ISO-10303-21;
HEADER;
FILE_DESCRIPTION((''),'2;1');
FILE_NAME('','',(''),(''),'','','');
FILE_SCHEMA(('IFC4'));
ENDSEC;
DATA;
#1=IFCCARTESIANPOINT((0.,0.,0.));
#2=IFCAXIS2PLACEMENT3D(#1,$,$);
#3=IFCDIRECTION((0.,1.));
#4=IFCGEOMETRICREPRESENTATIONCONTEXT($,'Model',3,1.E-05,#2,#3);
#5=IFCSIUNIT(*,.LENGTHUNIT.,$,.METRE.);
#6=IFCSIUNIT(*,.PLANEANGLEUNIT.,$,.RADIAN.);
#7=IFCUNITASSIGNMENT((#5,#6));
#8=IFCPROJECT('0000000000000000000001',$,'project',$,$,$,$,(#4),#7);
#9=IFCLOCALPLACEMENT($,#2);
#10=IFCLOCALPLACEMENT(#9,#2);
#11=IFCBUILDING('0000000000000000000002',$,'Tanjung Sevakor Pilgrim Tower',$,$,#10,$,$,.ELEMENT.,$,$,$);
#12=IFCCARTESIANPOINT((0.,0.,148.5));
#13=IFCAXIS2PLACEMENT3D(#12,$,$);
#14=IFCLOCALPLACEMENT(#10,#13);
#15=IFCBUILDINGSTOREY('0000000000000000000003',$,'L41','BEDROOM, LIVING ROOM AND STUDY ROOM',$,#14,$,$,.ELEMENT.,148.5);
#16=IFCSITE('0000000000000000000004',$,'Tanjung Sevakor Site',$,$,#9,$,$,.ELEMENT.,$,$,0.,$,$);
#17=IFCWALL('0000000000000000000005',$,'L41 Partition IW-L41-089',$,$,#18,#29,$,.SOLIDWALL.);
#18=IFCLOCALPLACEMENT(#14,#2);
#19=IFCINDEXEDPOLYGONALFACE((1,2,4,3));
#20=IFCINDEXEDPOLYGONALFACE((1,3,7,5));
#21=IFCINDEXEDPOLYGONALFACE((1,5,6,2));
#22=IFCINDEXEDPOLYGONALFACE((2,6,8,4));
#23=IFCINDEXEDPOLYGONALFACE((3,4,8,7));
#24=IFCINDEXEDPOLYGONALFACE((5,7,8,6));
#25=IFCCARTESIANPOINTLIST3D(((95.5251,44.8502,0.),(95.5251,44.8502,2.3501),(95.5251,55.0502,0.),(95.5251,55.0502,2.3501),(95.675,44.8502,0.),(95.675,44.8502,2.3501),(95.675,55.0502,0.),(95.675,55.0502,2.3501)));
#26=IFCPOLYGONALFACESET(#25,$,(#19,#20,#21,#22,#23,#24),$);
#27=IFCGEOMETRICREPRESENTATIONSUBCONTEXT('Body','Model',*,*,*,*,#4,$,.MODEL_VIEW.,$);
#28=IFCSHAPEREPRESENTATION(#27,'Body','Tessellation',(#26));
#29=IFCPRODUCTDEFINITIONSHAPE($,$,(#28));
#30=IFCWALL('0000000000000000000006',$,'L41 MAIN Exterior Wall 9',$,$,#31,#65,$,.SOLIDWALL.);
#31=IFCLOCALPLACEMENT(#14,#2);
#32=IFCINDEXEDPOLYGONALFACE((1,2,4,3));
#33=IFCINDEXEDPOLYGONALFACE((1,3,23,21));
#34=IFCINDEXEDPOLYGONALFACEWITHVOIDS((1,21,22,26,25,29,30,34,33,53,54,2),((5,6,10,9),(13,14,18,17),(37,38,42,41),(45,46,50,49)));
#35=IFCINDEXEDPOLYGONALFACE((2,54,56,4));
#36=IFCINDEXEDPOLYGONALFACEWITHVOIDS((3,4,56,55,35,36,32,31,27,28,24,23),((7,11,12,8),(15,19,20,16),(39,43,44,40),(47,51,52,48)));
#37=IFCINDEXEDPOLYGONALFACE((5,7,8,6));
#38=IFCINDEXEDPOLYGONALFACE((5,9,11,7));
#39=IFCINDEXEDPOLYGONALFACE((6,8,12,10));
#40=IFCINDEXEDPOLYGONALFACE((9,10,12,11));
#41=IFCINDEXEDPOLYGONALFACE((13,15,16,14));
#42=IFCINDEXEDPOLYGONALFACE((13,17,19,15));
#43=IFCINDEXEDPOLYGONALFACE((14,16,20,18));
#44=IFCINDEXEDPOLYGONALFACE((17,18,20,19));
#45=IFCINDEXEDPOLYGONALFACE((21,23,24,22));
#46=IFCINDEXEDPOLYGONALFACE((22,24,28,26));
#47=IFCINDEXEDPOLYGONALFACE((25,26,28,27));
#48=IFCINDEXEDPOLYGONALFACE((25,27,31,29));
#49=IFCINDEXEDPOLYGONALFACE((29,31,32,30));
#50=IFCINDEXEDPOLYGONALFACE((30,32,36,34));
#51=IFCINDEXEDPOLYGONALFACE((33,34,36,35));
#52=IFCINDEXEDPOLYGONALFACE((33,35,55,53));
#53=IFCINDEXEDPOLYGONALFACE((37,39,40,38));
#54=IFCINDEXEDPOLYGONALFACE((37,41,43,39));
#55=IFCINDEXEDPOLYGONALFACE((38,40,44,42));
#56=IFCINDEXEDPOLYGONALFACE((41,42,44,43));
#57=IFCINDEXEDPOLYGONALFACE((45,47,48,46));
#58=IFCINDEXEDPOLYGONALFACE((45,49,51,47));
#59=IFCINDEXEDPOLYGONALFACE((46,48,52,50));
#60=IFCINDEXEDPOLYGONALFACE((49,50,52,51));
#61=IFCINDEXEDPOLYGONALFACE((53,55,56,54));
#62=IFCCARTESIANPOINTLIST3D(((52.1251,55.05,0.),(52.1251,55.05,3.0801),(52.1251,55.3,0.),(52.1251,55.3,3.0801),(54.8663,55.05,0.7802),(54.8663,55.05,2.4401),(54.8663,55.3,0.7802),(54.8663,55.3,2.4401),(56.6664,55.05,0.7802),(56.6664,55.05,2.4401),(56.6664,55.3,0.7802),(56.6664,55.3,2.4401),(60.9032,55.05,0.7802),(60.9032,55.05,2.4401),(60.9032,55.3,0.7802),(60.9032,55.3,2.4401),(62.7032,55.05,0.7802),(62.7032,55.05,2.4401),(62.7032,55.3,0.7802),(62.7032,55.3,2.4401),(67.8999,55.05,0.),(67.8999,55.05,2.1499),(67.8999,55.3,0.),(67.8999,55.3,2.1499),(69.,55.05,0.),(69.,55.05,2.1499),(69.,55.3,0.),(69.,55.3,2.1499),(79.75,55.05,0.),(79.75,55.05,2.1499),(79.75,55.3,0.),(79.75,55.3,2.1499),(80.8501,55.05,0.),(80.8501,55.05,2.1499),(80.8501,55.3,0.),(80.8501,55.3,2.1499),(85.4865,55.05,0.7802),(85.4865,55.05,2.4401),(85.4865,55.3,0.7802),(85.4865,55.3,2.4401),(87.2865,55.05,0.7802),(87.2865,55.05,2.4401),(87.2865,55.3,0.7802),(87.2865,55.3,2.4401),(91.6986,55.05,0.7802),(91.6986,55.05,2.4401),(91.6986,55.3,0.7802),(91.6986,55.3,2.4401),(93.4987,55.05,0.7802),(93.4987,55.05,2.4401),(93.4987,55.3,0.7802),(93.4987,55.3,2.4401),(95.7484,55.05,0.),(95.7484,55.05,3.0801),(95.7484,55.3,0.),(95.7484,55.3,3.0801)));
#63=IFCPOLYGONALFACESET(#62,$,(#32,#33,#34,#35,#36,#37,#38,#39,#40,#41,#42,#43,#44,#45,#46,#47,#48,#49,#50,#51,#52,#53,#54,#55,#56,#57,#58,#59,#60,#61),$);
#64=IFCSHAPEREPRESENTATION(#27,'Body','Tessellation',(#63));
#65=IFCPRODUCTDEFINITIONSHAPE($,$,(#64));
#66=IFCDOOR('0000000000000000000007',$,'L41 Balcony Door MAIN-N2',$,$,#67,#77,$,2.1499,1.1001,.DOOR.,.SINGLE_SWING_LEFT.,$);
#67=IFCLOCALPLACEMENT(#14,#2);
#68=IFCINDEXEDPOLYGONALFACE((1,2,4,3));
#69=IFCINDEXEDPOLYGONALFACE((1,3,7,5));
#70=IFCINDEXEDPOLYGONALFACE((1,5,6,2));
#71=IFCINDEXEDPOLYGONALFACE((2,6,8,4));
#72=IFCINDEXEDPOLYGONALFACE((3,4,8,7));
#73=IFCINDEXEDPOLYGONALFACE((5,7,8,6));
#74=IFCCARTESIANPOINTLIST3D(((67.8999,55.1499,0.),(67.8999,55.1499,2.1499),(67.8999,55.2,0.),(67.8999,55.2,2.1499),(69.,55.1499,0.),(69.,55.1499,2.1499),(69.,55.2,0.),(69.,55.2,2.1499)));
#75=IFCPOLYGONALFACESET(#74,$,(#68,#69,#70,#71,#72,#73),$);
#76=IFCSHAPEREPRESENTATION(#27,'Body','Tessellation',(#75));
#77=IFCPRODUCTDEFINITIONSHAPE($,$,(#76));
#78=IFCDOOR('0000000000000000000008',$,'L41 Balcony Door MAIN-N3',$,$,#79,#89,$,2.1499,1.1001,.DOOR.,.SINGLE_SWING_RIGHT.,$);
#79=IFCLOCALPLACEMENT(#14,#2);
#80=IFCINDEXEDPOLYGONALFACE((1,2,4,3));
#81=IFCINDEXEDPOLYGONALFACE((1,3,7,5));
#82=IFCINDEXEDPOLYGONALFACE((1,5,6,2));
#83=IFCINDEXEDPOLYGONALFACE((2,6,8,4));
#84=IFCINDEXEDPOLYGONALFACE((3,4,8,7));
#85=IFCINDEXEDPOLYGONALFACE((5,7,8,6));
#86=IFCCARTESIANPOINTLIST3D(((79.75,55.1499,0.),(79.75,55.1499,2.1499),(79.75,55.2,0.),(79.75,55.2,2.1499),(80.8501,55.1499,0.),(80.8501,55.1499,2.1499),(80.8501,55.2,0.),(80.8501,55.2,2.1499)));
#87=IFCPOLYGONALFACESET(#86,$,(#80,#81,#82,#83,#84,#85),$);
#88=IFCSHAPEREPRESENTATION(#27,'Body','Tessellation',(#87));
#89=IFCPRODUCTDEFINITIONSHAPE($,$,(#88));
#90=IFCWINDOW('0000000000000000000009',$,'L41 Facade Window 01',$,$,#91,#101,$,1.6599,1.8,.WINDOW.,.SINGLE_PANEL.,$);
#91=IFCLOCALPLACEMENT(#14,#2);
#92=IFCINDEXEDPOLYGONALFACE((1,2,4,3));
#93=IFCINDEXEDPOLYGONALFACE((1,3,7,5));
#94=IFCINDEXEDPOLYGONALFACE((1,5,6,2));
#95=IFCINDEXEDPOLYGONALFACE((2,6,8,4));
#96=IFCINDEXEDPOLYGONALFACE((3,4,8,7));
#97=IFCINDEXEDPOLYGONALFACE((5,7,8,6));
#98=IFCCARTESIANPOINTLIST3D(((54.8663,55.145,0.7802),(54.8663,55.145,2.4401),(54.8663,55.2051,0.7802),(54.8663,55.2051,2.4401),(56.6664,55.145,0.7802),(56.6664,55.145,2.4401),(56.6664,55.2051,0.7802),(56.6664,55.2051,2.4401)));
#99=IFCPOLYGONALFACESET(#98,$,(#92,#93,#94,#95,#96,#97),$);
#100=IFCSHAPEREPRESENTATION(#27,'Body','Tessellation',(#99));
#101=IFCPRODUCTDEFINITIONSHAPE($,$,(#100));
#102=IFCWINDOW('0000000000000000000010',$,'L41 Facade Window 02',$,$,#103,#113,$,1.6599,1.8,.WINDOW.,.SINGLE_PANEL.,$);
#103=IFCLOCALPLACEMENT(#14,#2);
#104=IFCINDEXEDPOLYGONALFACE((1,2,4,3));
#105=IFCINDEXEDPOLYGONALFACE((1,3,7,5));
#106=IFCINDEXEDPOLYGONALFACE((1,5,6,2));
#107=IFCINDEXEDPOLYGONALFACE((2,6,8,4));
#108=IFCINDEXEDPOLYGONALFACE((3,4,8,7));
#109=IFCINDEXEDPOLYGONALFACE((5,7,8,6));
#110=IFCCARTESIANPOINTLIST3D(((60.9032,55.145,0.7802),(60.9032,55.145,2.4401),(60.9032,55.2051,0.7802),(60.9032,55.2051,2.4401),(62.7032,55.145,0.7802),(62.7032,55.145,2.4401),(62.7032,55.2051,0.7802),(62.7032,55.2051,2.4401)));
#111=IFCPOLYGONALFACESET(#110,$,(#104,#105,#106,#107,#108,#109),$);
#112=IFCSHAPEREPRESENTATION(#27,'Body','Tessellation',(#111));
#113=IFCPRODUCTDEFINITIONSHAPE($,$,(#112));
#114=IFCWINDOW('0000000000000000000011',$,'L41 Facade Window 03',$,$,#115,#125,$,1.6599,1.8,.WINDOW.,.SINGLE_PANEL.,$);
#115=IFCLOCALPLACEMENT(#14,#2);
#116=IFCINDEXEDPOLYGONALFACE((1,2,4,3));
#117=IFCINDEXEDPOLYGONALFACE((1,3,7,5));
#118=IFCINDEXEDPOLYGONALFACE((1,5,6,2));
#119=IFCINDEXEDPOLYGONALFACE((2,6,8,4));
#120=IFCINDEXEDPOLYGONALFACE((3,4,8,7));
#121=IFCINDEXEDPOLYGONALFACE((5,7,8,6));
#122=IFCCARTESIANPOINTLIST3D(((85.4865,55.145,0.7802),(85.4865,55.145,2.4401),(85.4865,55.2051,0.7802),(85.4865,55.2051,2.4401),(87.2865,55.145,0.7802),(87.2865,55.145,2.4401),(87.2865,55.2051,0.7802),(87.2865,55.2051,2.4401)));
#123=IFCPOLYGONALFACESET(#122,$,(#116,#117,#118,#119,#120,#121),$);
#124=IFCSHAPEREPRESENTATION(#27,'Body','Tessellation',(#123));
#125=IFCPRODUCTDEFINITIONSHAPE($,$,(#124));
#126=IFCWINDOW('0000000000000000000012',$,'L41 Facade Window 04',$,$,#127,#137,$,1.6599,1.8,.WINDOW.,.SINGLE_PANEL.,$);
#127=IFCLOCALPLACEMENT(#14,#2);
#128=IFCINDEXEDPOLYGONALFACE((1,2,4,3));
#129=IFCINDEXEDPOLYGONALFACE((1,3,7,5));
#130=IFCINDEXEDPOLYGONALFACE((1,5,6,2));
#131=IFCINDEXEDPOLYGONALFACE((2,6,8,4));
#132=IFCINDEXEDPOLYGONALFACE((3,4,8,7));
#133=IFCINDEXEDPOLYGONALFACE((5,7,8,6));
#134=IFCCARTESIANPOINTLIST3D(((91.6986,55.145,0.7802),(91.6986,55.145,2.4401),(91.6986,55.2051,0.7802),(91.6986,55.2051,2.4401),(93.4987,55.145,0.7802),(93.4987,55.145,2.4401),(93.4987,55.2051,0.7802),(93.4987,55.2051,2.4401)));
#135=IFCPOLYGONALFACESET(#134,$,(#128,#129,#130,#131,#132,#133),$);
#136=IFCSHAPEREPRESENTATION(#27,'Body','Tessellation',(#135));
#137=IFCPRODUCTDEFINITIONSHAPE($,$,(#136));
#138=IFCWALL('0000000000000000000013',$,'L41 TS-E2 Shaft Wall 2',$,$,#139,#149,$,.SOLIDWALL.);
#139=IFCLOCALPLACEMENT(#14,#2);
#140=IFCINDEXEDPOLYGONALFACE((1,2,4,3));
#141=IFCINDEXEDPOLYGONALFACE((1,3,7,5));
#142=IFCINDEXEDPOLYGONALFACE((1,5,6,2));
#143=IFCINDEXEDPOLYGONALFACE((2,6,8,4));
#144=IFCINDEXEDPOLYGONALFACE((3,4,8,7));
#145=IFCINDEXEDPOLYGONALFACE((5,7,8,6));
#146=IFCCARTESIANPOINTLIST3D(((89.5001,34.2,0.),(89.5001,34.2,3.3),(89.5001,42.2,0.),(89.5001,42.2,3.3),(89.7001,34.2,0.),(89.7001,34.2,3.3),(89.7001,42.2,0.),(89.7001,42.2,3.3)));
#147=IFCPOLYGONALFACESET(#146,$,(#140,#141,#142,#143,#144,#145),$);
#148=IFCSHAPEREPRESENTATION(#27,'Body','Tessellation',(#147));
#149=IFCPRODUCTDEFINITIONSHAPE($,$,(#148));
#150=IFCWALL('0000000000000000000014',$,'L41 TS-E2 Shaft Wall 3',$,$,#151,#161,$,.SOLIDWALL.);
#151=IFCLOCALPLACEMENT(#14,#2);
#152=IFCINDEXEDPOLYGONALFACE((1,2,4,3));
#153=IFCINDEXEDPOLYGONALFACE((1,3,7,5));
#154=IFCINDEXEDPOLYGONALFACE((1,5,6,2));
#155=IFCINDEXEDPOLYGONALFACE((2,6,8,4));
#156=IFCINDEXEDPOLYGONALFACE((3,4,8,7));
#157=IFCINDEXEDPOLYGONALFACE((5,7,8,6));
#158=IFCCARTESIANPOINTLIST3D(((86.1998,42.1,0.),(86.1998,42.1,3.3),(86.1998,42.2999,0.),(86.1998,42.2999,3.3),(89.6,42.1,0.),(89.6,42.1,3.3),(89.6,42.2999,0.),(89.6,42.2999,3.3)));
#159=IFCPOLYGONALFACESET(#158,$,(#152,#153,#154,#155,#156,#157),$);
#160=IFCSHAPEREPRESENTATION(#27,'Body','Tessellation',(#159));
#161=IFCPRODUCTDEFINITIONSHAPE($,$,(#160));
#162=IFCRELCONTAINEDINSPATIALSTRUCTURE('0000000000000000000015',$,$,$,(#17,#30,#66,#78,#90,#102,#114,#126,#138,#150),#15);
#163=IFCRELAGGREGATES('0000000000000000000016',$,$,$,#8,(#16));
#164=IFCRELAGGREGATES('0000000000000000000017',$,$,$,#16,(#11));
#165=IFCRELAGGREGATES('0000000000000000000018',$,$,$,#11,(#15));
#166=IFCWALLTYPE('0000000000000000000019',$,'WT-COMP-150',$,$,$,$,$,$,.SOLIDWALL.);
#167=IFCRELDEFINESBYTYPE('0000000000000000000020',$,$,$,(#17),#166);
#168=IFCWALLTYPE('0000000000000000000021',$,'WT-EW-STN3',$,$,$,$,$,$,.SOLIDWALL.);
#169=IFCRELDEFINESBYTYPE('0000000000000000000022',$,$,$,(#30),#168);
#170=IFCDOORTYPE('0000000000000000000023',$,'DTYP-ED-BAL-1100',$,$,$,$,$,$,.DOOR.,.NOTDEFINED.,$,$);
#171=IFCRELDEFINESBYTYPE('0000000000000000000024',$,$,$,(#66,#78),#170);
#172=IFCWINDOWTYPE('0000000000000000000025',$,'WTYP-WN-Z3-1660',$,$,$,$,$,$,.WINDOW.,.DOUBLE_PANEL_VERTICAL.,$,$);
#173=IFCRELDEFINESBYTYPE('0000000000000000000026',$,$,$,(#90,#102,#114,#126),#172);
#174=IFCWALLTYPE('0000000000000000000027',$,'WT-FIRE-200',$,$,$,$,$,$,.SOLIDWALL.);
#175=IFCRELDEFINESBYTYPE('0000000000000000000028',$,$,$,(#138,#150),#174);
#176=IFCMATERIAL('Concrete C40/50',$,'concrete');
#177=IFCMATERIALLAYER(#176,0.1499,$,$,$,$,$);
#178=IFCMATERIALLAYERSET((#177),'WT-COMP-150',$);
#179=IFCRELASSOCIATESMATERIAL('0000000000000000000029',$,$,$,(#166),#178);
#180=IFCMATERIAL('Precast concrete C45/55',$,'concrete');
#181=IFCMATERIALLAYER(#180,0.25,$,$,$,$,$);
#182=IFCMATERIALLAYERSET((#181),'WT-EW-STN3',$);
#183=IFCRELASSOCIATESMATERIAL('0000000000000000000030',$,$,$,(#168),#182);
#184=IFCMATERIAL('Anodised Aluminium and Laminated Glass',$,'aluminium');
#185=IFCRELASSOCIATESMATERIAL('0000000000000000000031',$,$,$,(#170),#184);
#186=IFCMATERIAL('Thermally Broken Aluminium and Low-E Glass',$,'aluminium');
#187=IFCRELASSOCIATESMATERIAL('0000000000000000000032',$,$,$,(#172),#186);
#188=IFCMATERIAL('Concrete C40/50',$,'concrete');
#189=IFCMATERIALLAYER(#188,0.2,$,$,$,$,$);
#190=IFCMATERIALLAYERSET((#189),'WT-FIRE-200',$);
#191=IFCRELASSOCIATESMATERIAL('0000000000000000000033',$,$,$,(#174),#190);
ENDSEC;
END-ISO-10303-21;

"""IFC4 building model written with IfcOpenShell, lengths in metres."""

from ifc_helpers import new_model, si_unit, direction, frame, frame_2d, origin, place, context, subcontext, project, spatial, rectangle, extrude, material, layer, layer_set, type_object, element, fill, save


model = new_model("IFC4")

# Units and contexts
model_context = context("Model", 3, precision=1e-05, world=origin(), true_north=direction((0.0, 1.0)))
body_context = subcontext(model_context, "Body", "Model", "MODEL_VIEW")
ifc_project = project(units=[si_unit("LENGTHUNIT", "METRE"), si_unit("PLANEANGLEUNIT", "RADIAN")], contexts=[model_context])

# Site, building, storey
site_placement = place(None, origin())
site = spatial("IfcSite", under=ifc_project, at=site_placement, Name="Tanjung Sevakor Site", CompositionType="ELEMENT", RefElevation=0.0)
building_placement = place(site_placement, origin())
building = spatial("IfcBuilding", under=site, at=building_placement, Name="Tanjung Sevakor Pilgrim Tower", CompositionType="ELEMENT")
storey_placement = place(building_placement, frame((0.0, 0.0, 148.5)))
storey = spatial("IfcBuildingStorey", under=building, at=storey_placement, Name="L41", Description="BEDROOM, LIVING ROOM AND STUDY ROOM", CompositionType="ELEMENT", Elevation=148.5)

# Wall
ifc_material_1 = material(Name="Concrete C40/50", Category="concrete")
ifc_layer_1 = layer(ifc_material_1, 0.1499)
ifc_layer_set_1 = layer_set([ifc_layer_1], Name="WT-COMP-150")
wall_type_1 = type_object("IfcWallType", Name="WT-COMP-150", PredefinedType="SOLIDWALL", material=ifc_layer_set_1)
wall_1_placement = place(storey_placement, frame((95.6001, 44.8501, 0.0), z_axis=(0.0, 0.0, 1.0), x_axis=(0.0, 1.0, 0.0)))
element("IfcWall", 1, at=wall_1_placement, inside=storey, type_object=wall_type_1, Name="L41 Partition IW-L41-089", PredefinedType="SOLIDWALL", context=body_context, shape_type="SweptSolid", body=[
    extrude(rectangle(XDim=10.2, YDim=0.1499, at=frame_2d((5.1001, 0.0))), origin(), (0.0, 0.0, 1.0), 2.3501),
])

# Wall, openings, doors, windows
ifc_material_2 = material(Name="Precast concrete C45/55", Category="concrete")
ifc_layer_2 = layer(ifc_material_2, 0.25)
ifc_layer_set_2 = layer_set([ifc_layer_2], Name="WT-EW-STN3")
wall_type_2 = type_object("IfcWallType", Name="WT-EW-STN3", PredefinedType="SOLIDWALL", material=ifc_layer_set_2)
wall_2_placement = place(storey_placement, frame((95.7483, 55.175, 0.0), z_axis=(0.0, 0.0, 1.0), x_axis=(-1.0, 0.0, 0.0)))
wall_2 = element("IfcWall", 2, at=wall_2_placement, inside=storey, type_object=wall_type_2, Name="L41 MAIN Exterior Wall 9", PredefinedType="SOLIDWALL", context=body_context, shape_type="SweptSolid", body=[
    extrude(rectangle(XDim=43.6233, YDim=0.25, at=frame_2d((21.8115, 0.0))), origin(), (0.0, 0.0, 1.0), 3.0801),
])
opening_1_placement = place(wall_2_placement, frame((26.7483, 0.0, 0.0)))
opening_1 = element("IfcOpeningElement", 3, at=opening_1_placement, cuts=wall_2, PredefinedType="OPENING", context=body_context, shape_type="SweptSolid", body=[
    extrude(rectangle(XDim=1.1001, YDim=2.1499, at=frame_2d((0.55, 1.075))), frame((0.0, 0.135, 0.0), z_axis=(0.0, -1.0, 0.0), x_axis=(1.0, 0.0, 0.0)), (0.0, 0.0, 1.0), 0.27),
])
opening_2_placement = place(wall_2_placement, frame((14.8982, 0.0, 0.0)))
opening_2 = element("IfcOpeningElement", 4, at=opening_2_placement, cuts=wall_2, PredefinedType="OPENING", context=body_context, shape_type="SweptSolid", body=[
    extrude(rectangle(XDim=1.1001, YDim=2.1499, at=frame_2d((0.55, 1.075))), frame((0.0, 0.135, 0.0), z_axis=(0.0, -1.0, 0.0), x_axis=(1.0, 0.0, 0.0)), (0.0, 0.0, 1.0), 0.27),
])
opening_3_placement = place(wall_2_placement, frame((39.082, 0.0, 0.78)))
opening_3 = element("IfcOpeningElement", 5, at=opening_3_placement, cuts=wall_2, PredefinedType="OPENING", context=body_context, shape_type="SweptSolid", body=[
    extrude(rectangle(XDim=1.8, YDim=1.6599, at=frame_2d((0.8999, 0.8301))), frame((0.0, 0.135, 0.0), z_axis=(0.0, -1.0, 0.0), x_axis=(1.0, 0.0, 0.0)), (0.0, 0.0, 1.0), 0.27),
])
opening_4_placement = place(wall_2_placement, frame((33.0452, 0.0, 0.78)))
opening_4 = element("IfcOpeningElement", 6, at=opening_4_placement, cuts=wall_2, PredefinedType="OPENING", context=body_context, shape_type="SweptSolid", body=[
    extrude(rectangle(XDim=1.8, YDim=1.6599, at=frame_2d((0.8999, 0.8301))), frame((0.0, 0.135, 0.0), z_axis=(0.0, -1.0, 0.0), x_axis=(1.0, 0.0, 0.0)), (0.0, 0.0, 1.0), 0.27),
])
opening_5_placement = place(wall_2_placement, frame((8.4619, 0.0, 0.78)))
opening_5 = element("IfcOpeningElement", 7, at=opening_5_placement, cuts=wall_2, PredefinedType="OPENING", context=body_context, shape_type="SweptSolid", body=[
    extrude(rectangle(XDim=1.8, YDim=1.6599, at=frame_2d((0.8999, 0.8301))), frame((0.0, 0.135, 0.0), z_axis=(0.0, -1.0, 0.0), x_axis=(1.0, 0.0, 0.0)), (0.0, 0.0, 1.0), 0.27),
])
opening_6_placement = place(wall_2_placement, frame((2.2498, 0.0, 0.78)))
opening_6 = element("IfcOpeningElement", 8, at=opening_6_placement, cuts=wall_2, PredefinedType="OPENING", context=body_context, shape_type="SweptSolid", body=[
    extrude(rectangle(XDim=1.8, YDim=1.6599, at=frame_2d((0.8999, 0.8301))), frame((0.0, 0.135, 0.0), z_axis=(0.0, -1.0, 0.0), x_axis=(1.0, 0.0, 0.0)), (0.0, 0.0, 1.0), 0.27),
])
ifc_material_3 = material(Name="Anodised Aluminium and Laminated Glass", Category="aluminium")
door_type = type_object("IfcDoorType", Name="DTYP-ED-BAL-1100", OperationType="NOTDEFINED", PredefinedType="DOOR", material=ifc_material_3)
door_1_placement = place(opening_1_placement, frame((1.1001, 0.0, 0.0), z_axis=(0.0, 0.0, 1.0), x_axis=(-1.0, 0.0, 0.0)))
door_1 = element("IfcDoor", 9, at=door_1_placement, inside=storey, type_object=door_type, Name="L41 Balcony Door MAIN-N2", OperationType="SINGLE_SWING_LEFT", OverallHeight=2.1499, OverallWidth=1.1001, PredefinedType="DOOR", context=body_context, shape_type="SweptSolid", body=[
    extrude(rectangle(XDim=1.1001, YDim=2.1499, at=frame_2d((0.55, 1.075))), frame((0.0, 0.0249, 0.0), z_axis=(0.0, -1.0, 0.0), x_axis=(1.0, 0.0, 0.0)), (0.0, 0.0, 1.0), 0.05),
])
fill(opening_1, door_1)
door_2_placement = place(opening_2_placement, frame((1.1001, 0.0, 0.0), z_axis=(0.0, 0.0, 1.0), x_axis=(-1.0, 0.0, 0.0)))
door_2 = element("IfcDoor", 10, at=door_2_placement, inside=storey, type_object=door_type, Name="L41 Balcony Door MAIN-N3", OperationType="SINGLE_SWING_RIGHT", OverallHeight=2.1499, OverallWidth=1.1001, PredefinedType="DOOR", context=body_context, shape_type="SweptSolid", body=[
    extrude(rectangle(XDim=1.1001, YDim=2.1499, at=frame_2d((0.55, 1.075))), frame((0.0, 0.0249, 0.0), z_axis=(0.0, -1.0, 0.0), x_axis=(1.0, 0.0, 0.0)), (0.0, 0.0, 1.0), 0.05),
])
fill(opening_2, door_2)
ifc_material_4 = material(Name="Thermally Broken Aluminium and Low-E Glass", Category="aluminium")
window_type = type_object("IfcWindowType", Name="WTYP-WN-Z3-1660", PartitioningType="DOUBLE_PANEL_VERTICAL", PredefinedType="WINDOW", material=ifc_material_4)
window_1_placement = place(opening_3_placement, origin())
window_1 = element("IfcWindow", 11, at=window_1_placement, inside=storey, type_object=window_type, Name="L41 Facade Window 01", OverallHeight=1.6599, OverallWidth=1.8, PartitioningType="SINGLE_PANEL", PredefinedType="WINDOW", context=body_context, shape_type="SweptSolid", body=[
    extrude(rectangle(XDim=1.8, YDim=1.6599, at=frame_2d((0.8999, 0.8301))), frame((0.0, 0.03, 0.0), z_axis=(0.0, -1.0, 0.0), x_axis=(1.0, 0.0, 0.0)), (0.0, 0.0, 1.0), 0.0601),
])
fill(opening_3, window_1)
window_2_placement = place(opening_4_placement, origin())
window_2 = element("IfcWindow", 12, at=window_2_placement, inside=storey, type_object=window_type, Name="L41 Facade Window 02", OverallHeight=1.6599, OverallWidth=1.8, PartitioningType="SINGLE_PANEL", PredefinedType="WINDOW", context=body_context, shape_type="SweptSolid", body=[
    extrude(rectangle(XDim=1.8, YDim=1.6599, at=frame_2d((0.8999, 0.8301))), frame((0.0, 0.03, 0.0), z_axis=(0.0, -1.0, 0.0), x_axis=(1.0, 0.0, 0.0)), (0.0, 0.0, 1.0), 0.0601),
])
fill(opening_4, window_2)
window_3_placement = place(opening_5_placement, origin())
window_3 = element("IfcWindow", 13, at=window_3_placement, inside=storey, type_object=window_type, Name="L41 Facade Window 03", OverallHeight=1.6599, OverallWidth=1.8, PartitioningType="SINGLE_PANEL", PredefinedType="WINDOW", context=body_context, shape_type="SweptSolid", body=[
    extrude(rectangle(XDim=1.8, YDim=1.6599, at=frame_2d((0.8999, 0.8301))), frame((0.0, 0.03, 0.0), z_axis=(0.0, -1.0, 0.0), x_axis=(1.0, 0.0, 0.0)), (0.0, 0.0, 1.0), 0.0601),
])
fill(opening_5, window_3)
window_4_placement = place(opening_6_placement, origin())
window_4 = element("IfcWindow", 14, at=window_4_placement, inside=storey, type_object=window_type, Name="L41 Facade Window 04", OverallHeight=1.6599, OverallWidth=1.8, PartitioningType="SINGLE_PANEL", PredefinedType="WINDOW", context=body_context, shape_type="SweptSolid", body=[
    extrude(rectangle(XDim=1.8, YDim=1.6599, at=frame_2d((0.8999, 0.8301))), frame((0.0, 0.03, 0.0), z_axis=(0.0, -1.0, 0.0), x_axis=(1.0, 0.0, 0.0)), (0.0, 0.0, 1.0), 0.0601),
])
fill(opening_6, window_4)

# Walls
ifc_material_5 = material(Name="Concrete C40/50", Category="concrete")
ifc_layer_3 = layer(ifc_material_5, 0.2)
ifc_layer_set_3 = layer_set([ifc_layer_3], Name="WT-FIRE-200")
wall_type_3 = type_object("IfcWallType", Name="WT-FIRE-200", PredefinedType="SOLIDWALL", material=ifc_layer_set_3)
wall_3_placement = place(storey_placement, frame((89.6001, 34.2, 0.0), z_axis=(0.0, 0.0, 1.0), x_axis=(0.0, 1.0, 0.0)))
element("IfcWall", 15, at=wall_3_placement, inside=storey, type_object=wall_type_3, Name="L41 TS-E2 Shaft Wall 2", PredefinedType="SOLIDWALL", context=body_context, shape_type="SweptSolid", body=[
    extrude(rectangle(XDim=8.0, YDim=0.2, at=frame_2d((4.0, 0.0))), origin(), (0.0, 0.0, 1.0), 3.3),
])
wall_4_placement = place(storey_placement, frame((89.6001, 42.2, 0.0), z_axis=(0.0, 0.0, 1.0), x_axis=(-1.0, 0.0, 0.0)))
element("IfcWall", 16, at=wall_4_placement, inside=storey, type_object=wall_type_3, Name="L41 TS-E2 Shaft Wall 3", PredefinedType="SOLIDWALL", context=body_context, shape_type="SweptSolid", body=[
    extrude(rectangle(XDim=3.4001, YDim=0.2, at=frame_2d((1.7002, 0.0))), origin(), (0.0, 0.0, 1.0), 3.3),
])

save(model, "model.ifc")
